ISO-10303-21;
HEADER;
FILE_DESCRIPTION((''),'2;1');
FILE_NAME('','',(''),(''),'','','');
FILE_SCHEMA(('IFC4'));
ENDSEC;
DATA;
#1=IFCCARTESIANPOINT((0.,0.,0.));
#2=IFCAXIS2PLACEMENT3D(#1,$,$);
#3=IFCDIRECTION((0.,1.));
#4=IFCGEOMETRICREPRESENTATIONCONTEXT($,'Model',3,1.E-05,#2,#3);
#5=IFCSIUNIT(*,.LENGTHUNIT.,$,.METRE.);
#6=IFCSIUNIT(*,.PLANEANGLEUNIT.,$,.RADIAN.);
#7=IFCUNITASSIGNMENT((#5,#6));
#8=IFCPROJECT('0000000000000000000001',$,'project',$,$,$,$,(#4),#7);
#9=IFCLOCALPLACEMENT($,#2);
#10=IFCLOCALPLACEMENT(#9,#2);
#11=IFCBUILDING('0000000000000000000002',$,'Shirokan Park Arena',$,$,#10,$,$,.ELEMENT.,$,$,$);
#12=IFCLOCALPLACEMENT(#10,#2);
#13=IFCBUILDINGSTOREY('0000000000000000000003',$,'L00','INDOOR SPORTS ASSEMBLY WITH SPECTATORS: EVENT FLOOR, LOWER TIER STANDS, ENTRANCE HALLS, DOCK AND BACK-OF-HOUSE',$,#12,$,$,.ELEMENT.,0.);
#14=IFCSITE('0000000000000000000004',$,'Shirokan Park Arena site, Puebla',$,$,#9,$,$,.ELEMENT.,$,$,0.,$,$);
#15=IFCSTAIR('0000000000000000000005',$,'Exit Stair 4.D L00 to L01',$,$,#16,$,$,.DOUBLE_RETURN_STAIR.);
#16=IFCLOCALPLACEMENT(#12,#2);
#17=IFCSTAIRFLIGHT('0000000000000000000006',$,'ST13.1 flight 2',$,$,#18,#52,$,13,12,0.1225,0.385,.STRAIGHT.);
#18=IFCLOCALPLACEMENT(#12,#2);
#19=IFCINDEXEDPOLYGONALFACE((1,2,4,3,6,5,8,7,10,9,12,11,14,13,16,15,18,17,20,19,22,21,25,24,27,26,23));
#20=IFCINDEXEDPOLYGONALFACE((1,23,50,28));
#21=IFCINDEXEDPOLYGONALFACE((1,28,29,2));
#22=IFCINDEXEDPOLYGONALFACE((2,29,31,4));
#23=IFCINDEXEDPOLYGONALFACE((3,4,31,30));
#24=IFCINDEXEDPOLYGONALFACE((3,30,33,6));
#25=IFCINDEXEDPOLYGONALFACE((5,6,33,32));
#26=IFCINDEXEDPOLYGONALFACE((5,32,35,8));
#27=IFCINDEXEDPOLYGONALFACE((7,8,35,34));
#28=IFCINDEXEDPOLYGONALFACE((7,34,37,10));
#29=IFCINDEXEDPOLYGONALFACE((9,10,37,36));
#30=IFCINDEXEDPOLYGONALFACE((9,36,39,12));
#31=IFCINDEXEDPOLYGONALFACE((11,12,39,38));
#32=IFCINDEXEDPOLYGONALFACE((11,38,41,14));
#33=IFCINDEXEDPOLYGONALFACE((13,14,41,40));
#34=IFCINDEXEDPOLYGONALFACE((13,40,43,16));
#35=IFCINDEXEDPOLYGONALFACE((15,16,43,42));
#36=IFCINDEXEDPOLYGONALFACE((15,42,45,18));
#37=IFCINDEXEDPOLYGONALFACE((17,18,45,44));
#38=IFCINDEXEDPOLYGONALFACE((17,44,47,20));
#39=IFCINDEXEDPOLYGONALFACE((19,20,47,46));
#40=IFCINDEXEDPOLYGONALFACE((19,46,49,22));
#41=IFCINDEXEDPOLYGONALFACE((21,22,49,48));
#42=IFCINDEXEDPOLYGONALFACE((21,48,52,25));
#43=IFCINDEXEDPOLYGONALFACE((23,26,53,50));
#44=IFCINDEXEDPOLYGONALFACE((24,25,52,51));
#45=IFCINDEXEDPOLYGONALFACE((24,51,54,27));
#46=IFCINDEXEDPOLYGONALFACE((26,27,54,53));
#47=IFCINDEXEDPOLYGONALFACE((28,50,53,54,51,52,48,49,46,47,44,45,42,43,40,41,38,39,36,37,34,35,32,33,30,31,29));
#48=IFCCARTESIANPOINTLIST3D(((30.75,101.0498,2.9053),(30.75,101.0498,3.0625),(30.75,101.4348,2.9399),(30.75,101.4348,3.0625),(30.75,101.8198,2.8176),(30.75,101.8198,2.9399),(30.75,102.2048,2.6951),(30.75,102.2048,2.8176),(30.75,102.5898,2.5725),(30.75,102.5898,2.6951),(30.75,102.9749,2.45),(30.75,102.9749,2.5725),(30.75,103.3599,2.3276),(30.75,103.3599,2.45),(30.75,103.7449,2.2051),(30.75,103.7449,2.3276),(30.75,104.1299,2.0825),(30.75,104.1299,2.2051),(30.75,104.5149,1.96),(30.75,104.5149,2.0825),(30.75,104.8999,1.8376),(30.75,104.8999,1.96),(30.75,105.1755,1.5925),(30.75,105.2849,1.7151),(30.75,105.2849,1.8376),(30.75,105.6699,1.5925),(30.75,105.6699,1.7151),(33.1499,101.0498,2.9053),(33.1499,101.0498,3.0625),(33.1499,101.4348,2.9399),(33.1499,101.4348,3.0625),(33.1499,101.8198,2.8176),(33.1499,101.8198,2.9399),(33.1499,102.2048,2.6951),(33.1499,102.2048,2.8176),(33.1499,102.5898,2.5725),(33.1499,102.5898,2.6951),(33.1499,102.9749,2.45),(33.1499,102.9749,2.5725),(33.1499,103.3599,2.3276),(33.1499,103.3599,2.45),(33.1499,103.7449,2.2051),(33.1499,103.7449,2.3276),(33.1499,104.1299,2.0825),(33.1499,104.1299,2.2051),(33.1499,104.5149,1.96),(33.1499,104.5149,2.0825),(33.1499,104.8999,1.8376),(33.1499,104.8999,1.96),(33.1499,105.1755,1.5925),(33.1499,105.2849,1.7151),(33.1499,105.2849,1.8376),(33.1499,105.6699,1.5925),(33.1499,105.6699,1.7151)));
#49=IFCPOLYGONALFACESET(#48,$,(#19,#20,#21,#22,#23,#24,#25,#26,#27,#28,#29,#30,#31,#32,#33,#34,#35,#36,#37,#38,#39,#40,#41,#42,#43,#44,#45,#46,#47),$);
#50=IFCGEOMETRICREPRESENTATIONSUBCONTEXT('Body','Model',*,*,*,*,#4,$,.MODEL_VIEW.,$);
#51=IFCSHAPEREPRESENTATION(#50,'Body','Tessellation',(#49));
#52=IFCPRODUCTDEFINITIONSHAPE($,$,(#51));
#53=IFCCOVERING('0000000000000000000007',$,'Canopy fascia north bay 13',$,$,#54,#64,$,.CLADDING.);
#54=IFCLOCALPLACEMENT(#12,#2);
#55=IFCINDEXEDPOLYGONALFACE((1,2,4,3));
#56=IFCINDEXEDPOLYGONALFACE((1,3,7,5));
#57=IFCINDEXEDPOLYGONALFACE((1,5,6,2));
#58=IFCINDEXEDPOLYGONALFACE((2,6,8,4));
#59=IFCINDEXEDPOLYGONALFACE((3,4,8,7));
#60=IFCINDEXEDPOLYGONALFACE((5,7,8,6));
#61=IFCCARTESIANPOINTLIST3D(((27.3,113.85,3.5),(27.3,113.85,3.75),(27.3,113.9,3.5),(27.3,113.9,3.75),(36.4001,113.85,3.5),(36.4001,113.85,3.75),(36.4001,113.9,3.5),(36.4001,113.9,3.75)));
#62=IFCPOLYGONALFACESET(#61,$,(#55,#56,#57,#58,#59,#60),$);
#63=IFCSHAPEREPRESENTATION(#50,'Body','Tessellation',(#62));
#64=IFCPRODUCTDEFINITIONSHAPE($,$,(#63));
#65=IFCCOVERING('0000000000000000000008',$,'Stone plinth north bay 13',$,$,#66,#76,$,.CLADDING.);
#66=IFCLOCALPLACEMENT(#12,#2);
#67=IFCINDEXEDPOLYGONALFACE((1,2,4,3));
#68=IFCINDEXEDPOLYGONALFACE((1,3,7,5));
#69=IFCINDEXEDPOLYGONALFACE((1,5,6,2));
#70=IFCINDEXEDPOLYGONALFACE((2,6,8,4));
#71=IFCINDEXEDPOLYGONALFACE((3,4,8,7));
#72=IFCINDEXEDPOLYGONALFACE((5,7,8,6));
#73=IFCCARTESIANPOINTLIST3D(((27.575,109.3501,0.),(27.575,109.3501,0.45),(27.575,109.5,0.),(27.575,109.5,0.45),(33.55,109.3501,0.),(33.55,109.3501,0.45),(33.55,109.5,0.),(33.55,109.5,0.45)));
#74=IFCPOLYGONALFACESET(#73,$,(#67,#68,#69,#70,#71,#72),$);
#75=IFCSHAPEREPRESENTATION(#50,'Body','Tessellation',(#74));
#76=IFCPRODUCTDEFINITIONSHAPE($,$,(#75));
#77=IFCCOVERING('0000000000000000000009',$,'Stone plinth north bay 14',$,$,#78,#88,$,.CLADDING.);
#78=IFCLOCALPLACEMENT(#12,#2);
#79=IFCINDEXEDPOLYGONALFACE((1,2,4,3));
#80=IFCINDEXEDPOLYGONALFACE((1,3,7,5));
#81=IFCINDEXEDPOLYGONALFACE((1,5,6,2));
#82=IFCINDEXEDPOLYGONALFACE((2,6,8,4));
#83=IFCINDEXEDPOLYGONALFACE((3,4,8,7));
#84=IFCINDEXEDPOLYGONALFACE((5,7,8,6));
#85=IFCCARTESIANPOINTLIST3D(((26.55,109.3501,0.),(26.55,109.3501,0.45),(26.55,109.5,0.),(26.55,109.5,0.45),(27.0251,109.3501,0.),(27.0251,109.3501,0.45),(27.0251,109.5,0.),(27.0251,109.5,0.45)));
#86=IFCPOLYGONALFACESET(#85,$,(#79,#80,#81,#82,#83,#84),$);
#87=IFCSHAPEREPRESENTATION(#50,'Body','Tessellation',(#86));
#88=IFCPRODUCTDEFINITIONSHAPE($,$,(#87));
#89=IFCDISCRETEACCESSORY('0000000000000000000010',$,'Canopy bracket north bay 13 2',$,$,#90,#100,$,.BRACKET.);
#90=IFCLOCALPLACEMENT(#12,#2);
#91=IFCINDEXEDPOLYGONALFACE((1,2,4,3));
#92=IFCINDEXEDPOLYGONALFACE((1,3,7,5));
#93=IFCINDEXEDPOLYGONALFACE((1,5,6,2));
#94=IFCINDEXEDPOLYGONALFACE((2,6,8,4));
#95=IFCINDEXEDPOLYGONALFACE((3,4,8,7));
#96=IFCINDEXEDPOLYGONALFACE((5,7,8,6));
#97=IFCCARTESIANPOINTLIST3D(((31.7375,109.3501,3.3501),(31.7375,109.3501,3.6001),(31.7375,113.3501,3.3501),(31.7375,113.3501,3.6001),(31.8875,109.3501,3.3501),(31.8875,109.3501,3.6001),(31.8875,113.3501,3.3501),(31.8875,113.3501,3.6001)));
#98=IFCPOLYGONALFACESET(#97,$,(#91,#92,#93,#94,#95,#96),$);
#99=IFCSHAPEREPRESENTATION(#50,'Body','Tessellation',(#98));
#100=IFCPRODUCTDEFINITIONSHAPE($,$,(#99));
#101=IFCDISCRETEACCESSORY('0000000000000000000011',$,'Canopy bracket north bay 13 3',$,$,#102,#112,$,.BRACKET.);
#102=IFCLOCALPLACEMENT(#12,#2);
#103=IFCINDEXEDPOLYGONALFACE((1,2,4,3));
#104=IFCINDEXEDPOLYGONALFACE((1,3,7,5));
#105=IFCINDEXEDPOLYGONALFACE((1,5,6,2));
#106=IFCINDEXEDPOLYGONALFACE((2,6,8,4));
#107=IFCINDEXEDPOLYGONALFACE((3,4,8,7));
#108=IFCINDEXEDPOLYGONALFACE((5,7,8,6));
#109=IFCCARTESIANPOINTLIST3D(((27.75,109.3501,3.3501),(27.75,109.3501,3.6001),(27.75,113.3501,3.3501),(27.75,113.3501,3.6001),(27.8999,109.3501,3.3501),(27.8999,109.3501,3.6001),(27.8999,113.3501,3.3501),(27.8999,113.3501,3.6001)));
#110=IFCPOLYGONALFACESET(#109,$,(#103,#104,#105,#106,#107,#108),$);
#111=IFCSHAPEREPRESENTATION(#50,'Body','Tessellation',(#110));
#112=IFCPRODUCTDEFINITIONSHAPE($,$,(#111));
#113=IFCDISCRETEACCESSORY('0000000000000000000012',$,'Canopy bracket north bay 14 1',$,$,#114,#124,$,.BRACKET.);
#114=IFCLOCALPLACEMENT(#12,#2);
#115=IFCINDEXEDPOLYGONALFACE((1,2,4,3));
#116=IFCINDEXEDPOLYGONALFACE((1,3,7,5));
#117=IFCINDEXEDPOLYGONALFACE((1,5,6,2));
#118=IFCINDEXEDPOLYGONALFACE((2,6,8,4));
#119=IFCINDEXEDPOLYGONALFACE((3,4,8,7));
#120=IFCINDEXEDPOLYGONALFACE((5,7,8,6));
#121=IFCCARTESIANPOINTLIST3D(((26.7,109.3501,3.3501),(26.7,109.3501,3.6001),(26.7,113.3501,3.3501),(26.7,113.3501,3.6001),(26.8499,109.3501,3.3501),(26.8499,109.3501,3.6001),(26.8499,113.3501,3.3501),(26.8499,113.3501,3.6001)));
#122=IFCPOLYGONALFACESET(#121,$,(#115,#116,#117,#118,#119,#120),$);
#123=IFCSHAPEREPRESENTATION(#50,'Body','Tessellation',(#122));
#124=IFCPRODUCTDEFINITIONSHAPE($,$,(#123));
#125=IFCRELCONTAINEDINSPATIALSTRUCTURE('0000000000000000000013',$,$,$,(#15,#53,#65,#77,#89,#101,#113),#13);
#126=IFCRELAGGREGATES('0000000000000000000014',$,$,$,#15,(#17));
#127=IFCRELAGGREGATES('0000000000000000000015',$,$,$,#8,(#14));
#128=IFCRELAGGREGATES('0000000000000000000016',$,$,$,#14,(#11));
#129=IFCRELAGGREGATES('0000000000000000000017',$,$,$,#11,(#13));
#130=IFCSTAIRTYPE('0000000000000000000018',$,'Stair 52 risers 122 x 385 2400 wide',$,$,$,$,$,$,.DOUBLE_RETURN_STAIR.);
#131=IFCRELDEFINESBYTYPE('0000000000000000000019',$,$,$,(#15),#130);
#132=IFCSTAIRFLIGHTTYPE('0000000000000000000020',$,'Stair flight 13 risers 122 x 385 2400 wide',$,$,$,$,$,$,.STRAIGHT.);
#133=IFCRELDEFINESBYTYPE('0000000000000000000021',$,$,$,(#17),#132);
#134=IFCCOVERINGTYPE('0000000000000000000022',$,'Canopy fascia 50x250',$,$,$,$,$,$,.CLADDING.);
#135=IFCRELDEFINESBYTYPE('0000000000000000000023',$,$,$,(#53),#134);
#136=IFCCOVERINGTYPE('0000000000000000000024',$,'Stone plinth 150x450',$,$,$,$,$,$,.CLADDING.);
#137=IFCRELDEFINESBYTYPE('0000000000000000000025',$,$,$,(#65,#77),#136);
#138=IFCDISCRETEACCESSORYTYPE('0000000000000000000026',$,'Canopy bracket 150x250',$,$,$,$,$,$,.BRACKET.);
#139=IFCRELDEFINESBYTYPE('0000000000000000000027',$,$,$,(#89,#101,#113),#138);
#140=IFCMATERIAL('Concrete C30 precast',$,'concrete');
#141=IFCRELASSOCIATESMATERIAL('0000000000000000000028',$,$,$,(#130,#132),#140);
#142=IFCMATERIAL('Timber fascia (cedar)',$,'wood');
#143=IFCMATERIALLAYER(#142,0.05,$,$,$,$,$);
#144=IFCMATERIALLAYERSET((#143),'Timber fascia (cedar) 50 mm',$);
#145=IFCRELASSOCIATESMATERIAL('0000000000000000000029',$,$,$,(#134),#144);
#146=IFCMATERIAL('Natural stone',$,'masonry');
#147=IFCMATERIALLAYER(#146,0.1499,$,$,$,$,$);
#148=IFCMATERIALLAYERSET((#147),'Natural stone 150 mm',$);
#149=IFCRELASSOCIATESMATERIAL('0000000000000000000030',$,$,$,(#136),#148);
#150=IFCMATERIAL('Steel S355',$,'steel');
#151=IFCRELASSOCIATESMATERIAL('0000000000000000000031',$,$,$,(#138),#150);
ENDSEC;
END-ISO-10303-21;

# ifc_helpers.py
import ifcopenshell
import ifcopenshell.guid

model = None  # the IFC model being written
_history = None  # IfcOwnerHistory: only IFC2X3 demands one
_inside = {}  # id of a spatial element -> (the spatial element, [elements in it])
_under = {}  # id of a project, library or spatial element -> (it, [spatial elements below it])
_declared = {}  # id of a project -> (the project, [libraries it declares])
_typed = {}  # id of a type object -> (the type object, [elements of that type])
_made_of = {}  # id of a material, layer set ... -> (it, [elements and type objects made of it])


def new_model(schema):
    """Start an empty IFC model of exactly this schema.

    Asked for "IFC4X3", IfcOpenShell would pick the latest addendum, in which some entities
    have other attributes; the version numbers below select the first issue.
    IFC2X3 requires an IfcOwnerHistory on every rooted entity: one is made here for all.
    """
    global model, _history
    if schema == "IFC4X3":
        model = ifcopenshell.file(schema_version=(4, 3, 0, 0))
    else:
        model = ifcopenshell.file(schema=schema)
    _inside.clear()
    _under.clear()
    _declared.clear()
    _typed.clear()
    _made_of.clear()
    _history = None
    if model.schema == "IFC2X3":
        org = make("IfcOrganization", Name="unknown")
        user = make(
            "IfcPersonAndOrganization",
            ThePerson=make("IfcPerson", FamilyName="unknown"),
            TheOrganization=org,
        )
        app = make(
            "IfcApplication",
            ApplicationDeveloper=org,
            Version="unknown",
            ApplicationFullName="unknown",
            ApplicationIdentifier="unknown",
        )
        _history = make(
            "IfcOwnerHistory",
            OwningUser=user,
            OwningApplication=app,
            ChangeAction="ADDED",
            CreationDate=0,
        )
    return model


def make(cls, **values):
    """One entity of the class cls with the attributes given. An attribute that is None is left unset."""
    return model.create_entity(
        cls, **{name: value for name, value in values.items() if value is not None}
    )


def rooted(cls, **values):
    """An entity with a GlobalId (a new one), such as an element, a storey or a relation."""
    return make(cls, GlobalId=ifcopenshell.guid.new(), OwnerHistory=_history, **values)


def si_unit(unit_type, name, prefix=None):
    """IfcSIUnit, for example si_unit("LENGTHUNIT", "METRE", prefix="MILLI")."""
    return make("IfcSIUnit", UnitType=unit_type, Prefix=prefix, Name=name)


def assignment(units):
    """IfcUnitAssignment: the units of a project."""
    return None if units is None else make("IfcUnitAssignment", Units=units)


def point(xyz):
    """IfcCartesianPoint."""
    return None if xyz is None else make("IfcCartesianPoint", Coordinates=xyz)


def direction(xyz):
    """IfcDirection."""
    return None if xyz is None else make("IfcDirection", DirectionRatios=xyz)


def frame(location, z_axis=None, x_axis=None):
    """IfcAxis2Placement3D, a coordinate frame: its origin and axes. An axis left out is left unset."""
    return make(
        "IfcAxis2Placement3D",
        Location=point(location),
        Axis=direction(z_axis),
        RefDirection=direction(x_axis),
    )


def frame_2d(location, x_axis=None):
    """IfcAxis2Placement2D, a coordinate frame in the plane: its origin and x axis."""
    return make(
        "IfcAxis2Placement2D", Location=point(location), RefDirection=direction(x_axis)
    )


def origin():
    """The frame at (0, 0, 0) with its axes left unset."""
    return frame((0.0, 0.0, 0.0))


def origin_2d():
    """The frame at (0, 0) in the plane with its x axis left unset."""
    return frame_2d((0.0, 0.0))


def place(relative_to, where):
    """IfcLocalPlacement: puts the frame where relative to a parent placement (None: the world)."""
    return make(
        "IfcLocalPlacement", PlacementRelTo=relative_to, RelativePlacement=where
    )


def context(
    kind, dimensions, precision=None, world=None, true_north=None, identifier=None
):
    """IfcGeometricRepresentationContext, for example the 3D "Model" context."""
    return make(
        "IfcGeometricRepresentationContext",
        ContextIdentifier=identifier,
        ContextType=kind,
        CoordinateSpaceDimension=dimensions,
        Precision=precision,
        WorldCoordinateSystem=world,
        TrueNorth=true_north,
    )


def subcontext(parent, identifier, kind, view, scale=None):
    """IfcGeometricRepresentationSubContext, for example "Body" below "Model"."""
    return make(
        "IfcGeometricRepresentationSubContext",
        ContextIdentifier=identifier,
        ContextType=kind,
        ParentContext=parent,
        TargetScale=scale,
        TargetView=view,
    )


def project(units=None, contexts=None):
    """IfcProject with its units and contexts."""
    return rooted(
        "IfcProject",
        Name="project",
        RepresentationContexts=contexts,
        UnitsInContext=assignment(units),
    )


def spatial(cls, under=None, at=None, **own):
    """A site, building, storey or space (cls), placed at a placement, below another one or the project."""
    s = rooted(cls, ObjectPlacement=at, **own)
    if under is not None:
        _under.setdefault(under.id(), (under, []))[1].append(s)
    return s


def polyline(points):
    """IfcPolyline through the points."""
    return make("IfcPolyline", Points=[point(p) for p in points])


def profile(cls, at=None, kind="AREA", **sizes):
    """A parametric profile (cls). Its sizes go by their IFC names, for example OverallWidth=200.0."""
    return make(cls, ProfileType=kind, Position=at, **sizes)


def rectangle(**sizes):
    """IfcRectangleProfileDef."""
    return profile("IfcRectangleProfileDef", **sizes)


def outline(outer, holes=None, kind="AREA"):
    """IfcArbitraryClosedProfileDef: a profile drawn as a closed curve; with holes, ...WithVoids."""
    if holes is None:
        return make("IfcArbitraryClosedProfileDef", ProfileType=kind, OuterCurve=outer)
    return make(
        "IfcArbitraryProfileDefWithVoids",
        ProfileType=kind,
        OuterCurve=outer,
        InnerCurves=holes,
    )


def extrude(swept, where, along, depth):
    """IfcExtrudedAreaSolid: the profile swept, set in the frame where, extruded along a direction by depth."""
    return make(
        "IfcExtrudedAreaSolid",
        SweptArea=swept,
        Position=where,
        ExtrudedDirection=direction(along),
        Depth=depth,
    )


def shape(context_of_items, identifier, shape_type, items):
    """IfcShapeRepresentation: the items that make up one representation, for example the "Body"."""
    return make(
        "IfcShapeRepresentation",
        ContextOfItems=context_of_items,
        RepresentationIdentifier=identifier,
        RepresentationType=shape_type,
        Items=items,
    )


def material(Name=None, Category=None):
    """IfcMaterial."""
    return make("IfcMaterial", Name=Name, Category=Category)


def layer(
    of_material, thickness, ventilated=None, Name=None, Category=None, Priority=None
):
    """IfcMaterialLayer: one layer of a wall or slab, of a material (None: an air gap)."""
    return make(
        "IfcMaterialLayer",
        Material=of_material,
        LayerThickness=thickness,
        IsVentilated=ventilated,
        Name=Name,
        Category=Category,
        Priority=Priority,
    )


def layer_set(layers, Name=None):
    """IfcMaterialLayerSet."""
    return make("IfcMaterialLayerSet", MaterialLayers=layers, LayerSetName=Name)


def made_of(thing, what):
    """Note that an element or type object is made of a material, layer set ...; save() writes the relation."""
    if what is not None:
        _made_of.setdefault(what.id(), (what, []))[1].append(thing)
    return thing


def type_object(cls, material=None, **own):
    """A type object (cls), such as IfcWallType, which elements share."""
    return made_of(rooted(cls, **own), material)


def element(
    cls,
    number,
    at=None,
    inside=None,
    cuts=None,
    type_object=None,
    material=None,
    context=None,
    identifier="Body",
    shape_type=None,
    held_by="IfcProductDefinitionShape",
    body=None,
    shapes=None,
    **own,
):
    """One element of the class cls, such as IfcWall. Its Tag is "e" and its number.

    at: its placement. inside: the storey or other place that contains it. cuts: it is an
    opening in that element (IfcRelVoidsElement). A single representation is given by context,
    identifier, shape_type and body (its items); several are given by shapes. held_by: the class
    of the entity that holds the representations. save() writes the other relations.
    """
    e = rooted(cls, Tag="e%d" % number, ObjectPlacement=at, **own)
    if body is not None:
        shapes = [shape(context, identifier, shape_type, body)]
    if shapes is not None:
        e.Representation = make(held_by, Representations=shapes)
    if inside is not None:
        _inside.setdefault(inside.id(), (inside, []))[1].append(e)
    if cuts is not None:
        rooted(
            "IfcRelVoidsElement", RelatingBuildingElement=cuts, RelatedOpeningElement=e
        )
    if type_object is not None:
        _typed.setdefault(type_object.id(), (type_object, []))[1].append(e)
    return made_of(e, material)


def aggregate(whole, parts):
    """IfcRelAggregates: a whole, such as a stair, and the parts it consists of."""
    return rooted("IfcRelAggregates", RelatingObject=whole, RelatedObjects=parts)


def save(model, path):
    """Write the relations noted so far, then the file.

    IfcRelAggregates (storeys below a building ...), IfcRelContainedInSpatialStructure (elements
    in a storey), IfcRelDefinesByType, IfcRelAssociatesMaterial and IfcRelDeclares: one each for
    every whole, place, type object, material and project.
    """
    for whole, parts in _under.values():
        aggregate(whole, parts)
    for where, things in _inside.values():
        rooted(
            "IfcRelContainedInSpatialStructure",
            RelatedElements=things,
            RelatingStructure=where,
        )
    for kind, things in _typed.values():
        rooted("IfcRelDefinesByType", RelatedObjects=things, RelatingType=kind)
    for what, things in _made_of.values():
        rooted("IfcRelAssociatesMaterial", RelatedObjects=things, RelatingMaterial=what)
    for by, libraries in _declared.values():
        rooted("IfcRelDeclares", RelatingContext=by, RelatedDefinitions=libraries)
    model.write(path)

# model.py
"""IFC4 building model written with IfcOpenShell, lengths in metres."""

from ifc_helpers import new_model, si_unit, direction, frame, origin, origin_2d, place, context, subcontext, project, spatial, polyline, rectangle, outline, extrude, material, layer, layer_set, type_object, element, aggregate, save


model = new_model("IFC4")

# Units and contexts
model_context = context("Model", 3, precision=1e-05, world=origin(), true_north=direction((0.0, 1.0)))
body_context = subcontext(model_context, "Body", "Model", "MODEL_VIEW")
ifc_project = project(units=[si_unit("LENGTHUNIT", "METRE"), si_unit("PLANEANGLEUNIT", "RADIAN")], contexts=[model_context])

# Site, building, storey
site_placement = place(None, origin())
site = spatial("IfcSite", under=ifc_project, at=site_placement, Name="Shirokan Park Arena site, Puebla", CompositionType="ELEMENT", RefElevation=0.0)
building_placement = place(site_placement, origin())
building = spatial("IfcBuilding", under=site, at=building_placement, Name="Shirokan Park Arena", CompositionType="ELEMENT")
storey_placement = place(building_placement, origin())
storey = spatial("IfcBuildingStorey", under=building, at=storey_placement, Name="L00", Description="INDOOR SPORTS ASSEMBLY WITH SPECTATORS: EVENT FLOOR, LOWER TIER STANDS, ENTRANCE HALLS, DOCK AND BACK-OF-HOUSE", CompositionType="ELEMENT", Elevation=0.0)

# Shared definitions
ifc_material_1 = material(Name="Steel S355", Category="steel")

# Stair, stair flight
ifc_material_2 = material(Name="Concrete C30 precast", Category="concrete")
stair_type = type_object("IfcStairType", Name="Stair 52 risers 122 x 385 2400 wide", PredefinedType="DOUBLE_RETURN_STAIR", material=ifc_material_2)
stair_placement = place(storey_placement, origin())
stair = element("IfcStair", 1, at=stair_placement, inside=storey, type_object=stair_type, Name="Exit Stair 4.D L00 to L01", PredefinedType="DOUBLE_RETURN_STAIR")
stair_flight_type = type_object("IfcStairFlightType", Name="Stair flight 13 risers 122 x 385 2400 wide", PredefinedType="STRAIGHT", material=ifc_material_2)
stair_flight_placement = place(storey_placement, frame((31.95, 105.6699, 1.5925), z_axis=(0.0, 0.0, 1.0), x_axis=(0.0, -1.0, 0.0)))
stair_flight = element("IfcStairFlight", 2, at=stair_flight_placement, type_object=stair_flight_type, Name="ST13.1 flight 2", NumberOfRisers=13, NumberOfTreads=12, PredefinedType="STRAIGHT", RiserHeight=0.1225, TreadLength=0.385, context=body_context, shape_type="SweptSolid", body=[
    extrude(outline(polyline([(0.0, 0.0), (0.0, 0.1226), (0.385, 0.1226), (0.385, 0.2451), (0.77, 0.2451), (0.77, 0.3674), (1.155, 0.3674), (1.155, 0.49), (1.54, 0.49), (1.54, 0.6125), (1.925, 0.6125), (1.925, 0.7351), (2.3101, 0.7351), (2.3101, 0.8574), (2.6951, 0.8574), (2.6951, 0.98), (3.0801, 0.98), (3.0801, 1.1025), (3.4651, 1.1025), (3.4651, 1.2251), (3.8501, 1.2251), (3.8501, 1.3474), (4.2351, 1.3474), (4.2351, 1.47), (4.6201, 1.47), (4.6201, 1.5925), (4.6201, 1.3127), (0.4944, 0.0), (0.0, 0.0)])), frame((0.0, 1.2, 0.0), z_axis=(0.0, -1.0, 0.0), x_axis=(1.0, 0.0, 0.0)), (0.0, 0.0, 1.0), 2.3999),
])
aggregate(stair, [stair_flight])

# Covering
ifc_material_3 = material(Name="Timber fascia (cedar)", Category="wood")
ifc_layer_1 = layer(ifc_material_3, 0.05)
ifc_layer_set_1 = layer_set([ifc_layer_1], Name="Timber fascia (cedar) 50 mm")
covering_type_1 = type_object("IfcCoveringType", Name="Canopy fascia 50x250", PredefinedType="CLADDING", material=ifc_layer_set_1)
covering_1_placement = place(storey_placement, frame((31.8501, 113.875, 3.5), z_axis=(0.0, 0.0, 1.0), x_axis=(-1.0, 0.0, 0.0)))
element("IfcCovering", 3, at=covering_1_placement, inside=storey, type_object=covering_type_1, Name="Canopy fascia north bay 13", PredefinedType="CLADDING", context=body_context, shape_type="SweptSolid", body=[
    extrude(rectangle(XDim=9.1001, YDim=0.05, at=origin_2d()), origin(), (0.0, 0.0, 1.0), 0.25),
])

# Coverings
ifc_material_4 = material(Name="Natural stone", Category="masonry")
ifc_layer_2 = layer(ifc_material_4, 0.1499)
ifc_layer_set_2 = layer_set([ifc_layer_2], Name="Natural stone 150 mm")
covering_type_2 = type_object("IfcCoveringType", Name="Stone plinth 150x450", PredefinedType="CLADDING", material=ifc_layer_set_2)
covering_2_placement = place(storey_placement, frame((30.5625, 109.425, 0.0), z_axis=(0.0, 0.0, 1.0), x_axis=(-1.0, 0.0, 0.0)))
element("IfcCovering", 4, at=covering_2_placement, inside=storey, type_object=covering_type_2, Name="Stone plinth north bay 13", PredefinedType="CLADDING", context=body_context, shape_type="SweptSolid", body=[
    extrude(rectangle(XDim=5.9751, YDim=0.1499, at=origin_2d()), origin(), (0.0, 0.0, 1.0), 0.45),
])
covering_3_placement = place(storey_placement, frame((26.7876, 109.425, 0.0), z_axis=(0.0, 0.0, 1.0), x_axis=(-1.0, 0.0, 0.0)))
element("IfcCovering", 5, at=covering_3_placement, inside=storey, type_object=covering_type_2, Name="Stone plinth north bay 14", PredefinedType="CLADDING", context=body_context, shape_type="SweptSolid", body=[
    extrude(rectangle(XDim=0.4751, YDim=0.1499, at=origin_2d()), origin(), (0.0, 0.0, 1.0), 0.45),
])

# Discrete accessories
discrete_accessory_type = type_object("IfcDiscreteAccessoryType", Name="Canopy bracket 150x250", PredefinedType="BRACKET", material=ifc_material_1)
for number, where, z_axis, x_axis, name in (
    (6, (31.8125, 111.3501, 3.3501), (0.0, 0.0, 1.0), (-1.0, 0.0, 0.0), "Canopy bracket north bay 13 2"),
    (7, (27.825, 111.3501, 3.3501), (0.0, 0.0, 1.0), (-1.0, 0.0, 0.0), "Canopy bracket north bay 13 3"),
    (8, (26.7749, 111.3501, 3.3501), (0.0, 0.0, 1.0), (-1.0, 0.0, 0.0), "Canopy bracket north bay 14 1"),
):
    element("IfcDiscreteAccessory", number, at=place(storey_placement, frame(where, z_axis=z_axis, x_axis=x_axis)), inside=storey, type_object=discrete_accessory_type, Name=name, PredefinedType="BRACKET", context=body_context, shape_type="SweptSolid", body=[
        extrude(rectangle(XDim=0.1499, YDim=4.0, at=origin_2d()), origin(), (0.0, 0.0, 1.0), 0.25),
    ])

save(model, "model.ifc")
